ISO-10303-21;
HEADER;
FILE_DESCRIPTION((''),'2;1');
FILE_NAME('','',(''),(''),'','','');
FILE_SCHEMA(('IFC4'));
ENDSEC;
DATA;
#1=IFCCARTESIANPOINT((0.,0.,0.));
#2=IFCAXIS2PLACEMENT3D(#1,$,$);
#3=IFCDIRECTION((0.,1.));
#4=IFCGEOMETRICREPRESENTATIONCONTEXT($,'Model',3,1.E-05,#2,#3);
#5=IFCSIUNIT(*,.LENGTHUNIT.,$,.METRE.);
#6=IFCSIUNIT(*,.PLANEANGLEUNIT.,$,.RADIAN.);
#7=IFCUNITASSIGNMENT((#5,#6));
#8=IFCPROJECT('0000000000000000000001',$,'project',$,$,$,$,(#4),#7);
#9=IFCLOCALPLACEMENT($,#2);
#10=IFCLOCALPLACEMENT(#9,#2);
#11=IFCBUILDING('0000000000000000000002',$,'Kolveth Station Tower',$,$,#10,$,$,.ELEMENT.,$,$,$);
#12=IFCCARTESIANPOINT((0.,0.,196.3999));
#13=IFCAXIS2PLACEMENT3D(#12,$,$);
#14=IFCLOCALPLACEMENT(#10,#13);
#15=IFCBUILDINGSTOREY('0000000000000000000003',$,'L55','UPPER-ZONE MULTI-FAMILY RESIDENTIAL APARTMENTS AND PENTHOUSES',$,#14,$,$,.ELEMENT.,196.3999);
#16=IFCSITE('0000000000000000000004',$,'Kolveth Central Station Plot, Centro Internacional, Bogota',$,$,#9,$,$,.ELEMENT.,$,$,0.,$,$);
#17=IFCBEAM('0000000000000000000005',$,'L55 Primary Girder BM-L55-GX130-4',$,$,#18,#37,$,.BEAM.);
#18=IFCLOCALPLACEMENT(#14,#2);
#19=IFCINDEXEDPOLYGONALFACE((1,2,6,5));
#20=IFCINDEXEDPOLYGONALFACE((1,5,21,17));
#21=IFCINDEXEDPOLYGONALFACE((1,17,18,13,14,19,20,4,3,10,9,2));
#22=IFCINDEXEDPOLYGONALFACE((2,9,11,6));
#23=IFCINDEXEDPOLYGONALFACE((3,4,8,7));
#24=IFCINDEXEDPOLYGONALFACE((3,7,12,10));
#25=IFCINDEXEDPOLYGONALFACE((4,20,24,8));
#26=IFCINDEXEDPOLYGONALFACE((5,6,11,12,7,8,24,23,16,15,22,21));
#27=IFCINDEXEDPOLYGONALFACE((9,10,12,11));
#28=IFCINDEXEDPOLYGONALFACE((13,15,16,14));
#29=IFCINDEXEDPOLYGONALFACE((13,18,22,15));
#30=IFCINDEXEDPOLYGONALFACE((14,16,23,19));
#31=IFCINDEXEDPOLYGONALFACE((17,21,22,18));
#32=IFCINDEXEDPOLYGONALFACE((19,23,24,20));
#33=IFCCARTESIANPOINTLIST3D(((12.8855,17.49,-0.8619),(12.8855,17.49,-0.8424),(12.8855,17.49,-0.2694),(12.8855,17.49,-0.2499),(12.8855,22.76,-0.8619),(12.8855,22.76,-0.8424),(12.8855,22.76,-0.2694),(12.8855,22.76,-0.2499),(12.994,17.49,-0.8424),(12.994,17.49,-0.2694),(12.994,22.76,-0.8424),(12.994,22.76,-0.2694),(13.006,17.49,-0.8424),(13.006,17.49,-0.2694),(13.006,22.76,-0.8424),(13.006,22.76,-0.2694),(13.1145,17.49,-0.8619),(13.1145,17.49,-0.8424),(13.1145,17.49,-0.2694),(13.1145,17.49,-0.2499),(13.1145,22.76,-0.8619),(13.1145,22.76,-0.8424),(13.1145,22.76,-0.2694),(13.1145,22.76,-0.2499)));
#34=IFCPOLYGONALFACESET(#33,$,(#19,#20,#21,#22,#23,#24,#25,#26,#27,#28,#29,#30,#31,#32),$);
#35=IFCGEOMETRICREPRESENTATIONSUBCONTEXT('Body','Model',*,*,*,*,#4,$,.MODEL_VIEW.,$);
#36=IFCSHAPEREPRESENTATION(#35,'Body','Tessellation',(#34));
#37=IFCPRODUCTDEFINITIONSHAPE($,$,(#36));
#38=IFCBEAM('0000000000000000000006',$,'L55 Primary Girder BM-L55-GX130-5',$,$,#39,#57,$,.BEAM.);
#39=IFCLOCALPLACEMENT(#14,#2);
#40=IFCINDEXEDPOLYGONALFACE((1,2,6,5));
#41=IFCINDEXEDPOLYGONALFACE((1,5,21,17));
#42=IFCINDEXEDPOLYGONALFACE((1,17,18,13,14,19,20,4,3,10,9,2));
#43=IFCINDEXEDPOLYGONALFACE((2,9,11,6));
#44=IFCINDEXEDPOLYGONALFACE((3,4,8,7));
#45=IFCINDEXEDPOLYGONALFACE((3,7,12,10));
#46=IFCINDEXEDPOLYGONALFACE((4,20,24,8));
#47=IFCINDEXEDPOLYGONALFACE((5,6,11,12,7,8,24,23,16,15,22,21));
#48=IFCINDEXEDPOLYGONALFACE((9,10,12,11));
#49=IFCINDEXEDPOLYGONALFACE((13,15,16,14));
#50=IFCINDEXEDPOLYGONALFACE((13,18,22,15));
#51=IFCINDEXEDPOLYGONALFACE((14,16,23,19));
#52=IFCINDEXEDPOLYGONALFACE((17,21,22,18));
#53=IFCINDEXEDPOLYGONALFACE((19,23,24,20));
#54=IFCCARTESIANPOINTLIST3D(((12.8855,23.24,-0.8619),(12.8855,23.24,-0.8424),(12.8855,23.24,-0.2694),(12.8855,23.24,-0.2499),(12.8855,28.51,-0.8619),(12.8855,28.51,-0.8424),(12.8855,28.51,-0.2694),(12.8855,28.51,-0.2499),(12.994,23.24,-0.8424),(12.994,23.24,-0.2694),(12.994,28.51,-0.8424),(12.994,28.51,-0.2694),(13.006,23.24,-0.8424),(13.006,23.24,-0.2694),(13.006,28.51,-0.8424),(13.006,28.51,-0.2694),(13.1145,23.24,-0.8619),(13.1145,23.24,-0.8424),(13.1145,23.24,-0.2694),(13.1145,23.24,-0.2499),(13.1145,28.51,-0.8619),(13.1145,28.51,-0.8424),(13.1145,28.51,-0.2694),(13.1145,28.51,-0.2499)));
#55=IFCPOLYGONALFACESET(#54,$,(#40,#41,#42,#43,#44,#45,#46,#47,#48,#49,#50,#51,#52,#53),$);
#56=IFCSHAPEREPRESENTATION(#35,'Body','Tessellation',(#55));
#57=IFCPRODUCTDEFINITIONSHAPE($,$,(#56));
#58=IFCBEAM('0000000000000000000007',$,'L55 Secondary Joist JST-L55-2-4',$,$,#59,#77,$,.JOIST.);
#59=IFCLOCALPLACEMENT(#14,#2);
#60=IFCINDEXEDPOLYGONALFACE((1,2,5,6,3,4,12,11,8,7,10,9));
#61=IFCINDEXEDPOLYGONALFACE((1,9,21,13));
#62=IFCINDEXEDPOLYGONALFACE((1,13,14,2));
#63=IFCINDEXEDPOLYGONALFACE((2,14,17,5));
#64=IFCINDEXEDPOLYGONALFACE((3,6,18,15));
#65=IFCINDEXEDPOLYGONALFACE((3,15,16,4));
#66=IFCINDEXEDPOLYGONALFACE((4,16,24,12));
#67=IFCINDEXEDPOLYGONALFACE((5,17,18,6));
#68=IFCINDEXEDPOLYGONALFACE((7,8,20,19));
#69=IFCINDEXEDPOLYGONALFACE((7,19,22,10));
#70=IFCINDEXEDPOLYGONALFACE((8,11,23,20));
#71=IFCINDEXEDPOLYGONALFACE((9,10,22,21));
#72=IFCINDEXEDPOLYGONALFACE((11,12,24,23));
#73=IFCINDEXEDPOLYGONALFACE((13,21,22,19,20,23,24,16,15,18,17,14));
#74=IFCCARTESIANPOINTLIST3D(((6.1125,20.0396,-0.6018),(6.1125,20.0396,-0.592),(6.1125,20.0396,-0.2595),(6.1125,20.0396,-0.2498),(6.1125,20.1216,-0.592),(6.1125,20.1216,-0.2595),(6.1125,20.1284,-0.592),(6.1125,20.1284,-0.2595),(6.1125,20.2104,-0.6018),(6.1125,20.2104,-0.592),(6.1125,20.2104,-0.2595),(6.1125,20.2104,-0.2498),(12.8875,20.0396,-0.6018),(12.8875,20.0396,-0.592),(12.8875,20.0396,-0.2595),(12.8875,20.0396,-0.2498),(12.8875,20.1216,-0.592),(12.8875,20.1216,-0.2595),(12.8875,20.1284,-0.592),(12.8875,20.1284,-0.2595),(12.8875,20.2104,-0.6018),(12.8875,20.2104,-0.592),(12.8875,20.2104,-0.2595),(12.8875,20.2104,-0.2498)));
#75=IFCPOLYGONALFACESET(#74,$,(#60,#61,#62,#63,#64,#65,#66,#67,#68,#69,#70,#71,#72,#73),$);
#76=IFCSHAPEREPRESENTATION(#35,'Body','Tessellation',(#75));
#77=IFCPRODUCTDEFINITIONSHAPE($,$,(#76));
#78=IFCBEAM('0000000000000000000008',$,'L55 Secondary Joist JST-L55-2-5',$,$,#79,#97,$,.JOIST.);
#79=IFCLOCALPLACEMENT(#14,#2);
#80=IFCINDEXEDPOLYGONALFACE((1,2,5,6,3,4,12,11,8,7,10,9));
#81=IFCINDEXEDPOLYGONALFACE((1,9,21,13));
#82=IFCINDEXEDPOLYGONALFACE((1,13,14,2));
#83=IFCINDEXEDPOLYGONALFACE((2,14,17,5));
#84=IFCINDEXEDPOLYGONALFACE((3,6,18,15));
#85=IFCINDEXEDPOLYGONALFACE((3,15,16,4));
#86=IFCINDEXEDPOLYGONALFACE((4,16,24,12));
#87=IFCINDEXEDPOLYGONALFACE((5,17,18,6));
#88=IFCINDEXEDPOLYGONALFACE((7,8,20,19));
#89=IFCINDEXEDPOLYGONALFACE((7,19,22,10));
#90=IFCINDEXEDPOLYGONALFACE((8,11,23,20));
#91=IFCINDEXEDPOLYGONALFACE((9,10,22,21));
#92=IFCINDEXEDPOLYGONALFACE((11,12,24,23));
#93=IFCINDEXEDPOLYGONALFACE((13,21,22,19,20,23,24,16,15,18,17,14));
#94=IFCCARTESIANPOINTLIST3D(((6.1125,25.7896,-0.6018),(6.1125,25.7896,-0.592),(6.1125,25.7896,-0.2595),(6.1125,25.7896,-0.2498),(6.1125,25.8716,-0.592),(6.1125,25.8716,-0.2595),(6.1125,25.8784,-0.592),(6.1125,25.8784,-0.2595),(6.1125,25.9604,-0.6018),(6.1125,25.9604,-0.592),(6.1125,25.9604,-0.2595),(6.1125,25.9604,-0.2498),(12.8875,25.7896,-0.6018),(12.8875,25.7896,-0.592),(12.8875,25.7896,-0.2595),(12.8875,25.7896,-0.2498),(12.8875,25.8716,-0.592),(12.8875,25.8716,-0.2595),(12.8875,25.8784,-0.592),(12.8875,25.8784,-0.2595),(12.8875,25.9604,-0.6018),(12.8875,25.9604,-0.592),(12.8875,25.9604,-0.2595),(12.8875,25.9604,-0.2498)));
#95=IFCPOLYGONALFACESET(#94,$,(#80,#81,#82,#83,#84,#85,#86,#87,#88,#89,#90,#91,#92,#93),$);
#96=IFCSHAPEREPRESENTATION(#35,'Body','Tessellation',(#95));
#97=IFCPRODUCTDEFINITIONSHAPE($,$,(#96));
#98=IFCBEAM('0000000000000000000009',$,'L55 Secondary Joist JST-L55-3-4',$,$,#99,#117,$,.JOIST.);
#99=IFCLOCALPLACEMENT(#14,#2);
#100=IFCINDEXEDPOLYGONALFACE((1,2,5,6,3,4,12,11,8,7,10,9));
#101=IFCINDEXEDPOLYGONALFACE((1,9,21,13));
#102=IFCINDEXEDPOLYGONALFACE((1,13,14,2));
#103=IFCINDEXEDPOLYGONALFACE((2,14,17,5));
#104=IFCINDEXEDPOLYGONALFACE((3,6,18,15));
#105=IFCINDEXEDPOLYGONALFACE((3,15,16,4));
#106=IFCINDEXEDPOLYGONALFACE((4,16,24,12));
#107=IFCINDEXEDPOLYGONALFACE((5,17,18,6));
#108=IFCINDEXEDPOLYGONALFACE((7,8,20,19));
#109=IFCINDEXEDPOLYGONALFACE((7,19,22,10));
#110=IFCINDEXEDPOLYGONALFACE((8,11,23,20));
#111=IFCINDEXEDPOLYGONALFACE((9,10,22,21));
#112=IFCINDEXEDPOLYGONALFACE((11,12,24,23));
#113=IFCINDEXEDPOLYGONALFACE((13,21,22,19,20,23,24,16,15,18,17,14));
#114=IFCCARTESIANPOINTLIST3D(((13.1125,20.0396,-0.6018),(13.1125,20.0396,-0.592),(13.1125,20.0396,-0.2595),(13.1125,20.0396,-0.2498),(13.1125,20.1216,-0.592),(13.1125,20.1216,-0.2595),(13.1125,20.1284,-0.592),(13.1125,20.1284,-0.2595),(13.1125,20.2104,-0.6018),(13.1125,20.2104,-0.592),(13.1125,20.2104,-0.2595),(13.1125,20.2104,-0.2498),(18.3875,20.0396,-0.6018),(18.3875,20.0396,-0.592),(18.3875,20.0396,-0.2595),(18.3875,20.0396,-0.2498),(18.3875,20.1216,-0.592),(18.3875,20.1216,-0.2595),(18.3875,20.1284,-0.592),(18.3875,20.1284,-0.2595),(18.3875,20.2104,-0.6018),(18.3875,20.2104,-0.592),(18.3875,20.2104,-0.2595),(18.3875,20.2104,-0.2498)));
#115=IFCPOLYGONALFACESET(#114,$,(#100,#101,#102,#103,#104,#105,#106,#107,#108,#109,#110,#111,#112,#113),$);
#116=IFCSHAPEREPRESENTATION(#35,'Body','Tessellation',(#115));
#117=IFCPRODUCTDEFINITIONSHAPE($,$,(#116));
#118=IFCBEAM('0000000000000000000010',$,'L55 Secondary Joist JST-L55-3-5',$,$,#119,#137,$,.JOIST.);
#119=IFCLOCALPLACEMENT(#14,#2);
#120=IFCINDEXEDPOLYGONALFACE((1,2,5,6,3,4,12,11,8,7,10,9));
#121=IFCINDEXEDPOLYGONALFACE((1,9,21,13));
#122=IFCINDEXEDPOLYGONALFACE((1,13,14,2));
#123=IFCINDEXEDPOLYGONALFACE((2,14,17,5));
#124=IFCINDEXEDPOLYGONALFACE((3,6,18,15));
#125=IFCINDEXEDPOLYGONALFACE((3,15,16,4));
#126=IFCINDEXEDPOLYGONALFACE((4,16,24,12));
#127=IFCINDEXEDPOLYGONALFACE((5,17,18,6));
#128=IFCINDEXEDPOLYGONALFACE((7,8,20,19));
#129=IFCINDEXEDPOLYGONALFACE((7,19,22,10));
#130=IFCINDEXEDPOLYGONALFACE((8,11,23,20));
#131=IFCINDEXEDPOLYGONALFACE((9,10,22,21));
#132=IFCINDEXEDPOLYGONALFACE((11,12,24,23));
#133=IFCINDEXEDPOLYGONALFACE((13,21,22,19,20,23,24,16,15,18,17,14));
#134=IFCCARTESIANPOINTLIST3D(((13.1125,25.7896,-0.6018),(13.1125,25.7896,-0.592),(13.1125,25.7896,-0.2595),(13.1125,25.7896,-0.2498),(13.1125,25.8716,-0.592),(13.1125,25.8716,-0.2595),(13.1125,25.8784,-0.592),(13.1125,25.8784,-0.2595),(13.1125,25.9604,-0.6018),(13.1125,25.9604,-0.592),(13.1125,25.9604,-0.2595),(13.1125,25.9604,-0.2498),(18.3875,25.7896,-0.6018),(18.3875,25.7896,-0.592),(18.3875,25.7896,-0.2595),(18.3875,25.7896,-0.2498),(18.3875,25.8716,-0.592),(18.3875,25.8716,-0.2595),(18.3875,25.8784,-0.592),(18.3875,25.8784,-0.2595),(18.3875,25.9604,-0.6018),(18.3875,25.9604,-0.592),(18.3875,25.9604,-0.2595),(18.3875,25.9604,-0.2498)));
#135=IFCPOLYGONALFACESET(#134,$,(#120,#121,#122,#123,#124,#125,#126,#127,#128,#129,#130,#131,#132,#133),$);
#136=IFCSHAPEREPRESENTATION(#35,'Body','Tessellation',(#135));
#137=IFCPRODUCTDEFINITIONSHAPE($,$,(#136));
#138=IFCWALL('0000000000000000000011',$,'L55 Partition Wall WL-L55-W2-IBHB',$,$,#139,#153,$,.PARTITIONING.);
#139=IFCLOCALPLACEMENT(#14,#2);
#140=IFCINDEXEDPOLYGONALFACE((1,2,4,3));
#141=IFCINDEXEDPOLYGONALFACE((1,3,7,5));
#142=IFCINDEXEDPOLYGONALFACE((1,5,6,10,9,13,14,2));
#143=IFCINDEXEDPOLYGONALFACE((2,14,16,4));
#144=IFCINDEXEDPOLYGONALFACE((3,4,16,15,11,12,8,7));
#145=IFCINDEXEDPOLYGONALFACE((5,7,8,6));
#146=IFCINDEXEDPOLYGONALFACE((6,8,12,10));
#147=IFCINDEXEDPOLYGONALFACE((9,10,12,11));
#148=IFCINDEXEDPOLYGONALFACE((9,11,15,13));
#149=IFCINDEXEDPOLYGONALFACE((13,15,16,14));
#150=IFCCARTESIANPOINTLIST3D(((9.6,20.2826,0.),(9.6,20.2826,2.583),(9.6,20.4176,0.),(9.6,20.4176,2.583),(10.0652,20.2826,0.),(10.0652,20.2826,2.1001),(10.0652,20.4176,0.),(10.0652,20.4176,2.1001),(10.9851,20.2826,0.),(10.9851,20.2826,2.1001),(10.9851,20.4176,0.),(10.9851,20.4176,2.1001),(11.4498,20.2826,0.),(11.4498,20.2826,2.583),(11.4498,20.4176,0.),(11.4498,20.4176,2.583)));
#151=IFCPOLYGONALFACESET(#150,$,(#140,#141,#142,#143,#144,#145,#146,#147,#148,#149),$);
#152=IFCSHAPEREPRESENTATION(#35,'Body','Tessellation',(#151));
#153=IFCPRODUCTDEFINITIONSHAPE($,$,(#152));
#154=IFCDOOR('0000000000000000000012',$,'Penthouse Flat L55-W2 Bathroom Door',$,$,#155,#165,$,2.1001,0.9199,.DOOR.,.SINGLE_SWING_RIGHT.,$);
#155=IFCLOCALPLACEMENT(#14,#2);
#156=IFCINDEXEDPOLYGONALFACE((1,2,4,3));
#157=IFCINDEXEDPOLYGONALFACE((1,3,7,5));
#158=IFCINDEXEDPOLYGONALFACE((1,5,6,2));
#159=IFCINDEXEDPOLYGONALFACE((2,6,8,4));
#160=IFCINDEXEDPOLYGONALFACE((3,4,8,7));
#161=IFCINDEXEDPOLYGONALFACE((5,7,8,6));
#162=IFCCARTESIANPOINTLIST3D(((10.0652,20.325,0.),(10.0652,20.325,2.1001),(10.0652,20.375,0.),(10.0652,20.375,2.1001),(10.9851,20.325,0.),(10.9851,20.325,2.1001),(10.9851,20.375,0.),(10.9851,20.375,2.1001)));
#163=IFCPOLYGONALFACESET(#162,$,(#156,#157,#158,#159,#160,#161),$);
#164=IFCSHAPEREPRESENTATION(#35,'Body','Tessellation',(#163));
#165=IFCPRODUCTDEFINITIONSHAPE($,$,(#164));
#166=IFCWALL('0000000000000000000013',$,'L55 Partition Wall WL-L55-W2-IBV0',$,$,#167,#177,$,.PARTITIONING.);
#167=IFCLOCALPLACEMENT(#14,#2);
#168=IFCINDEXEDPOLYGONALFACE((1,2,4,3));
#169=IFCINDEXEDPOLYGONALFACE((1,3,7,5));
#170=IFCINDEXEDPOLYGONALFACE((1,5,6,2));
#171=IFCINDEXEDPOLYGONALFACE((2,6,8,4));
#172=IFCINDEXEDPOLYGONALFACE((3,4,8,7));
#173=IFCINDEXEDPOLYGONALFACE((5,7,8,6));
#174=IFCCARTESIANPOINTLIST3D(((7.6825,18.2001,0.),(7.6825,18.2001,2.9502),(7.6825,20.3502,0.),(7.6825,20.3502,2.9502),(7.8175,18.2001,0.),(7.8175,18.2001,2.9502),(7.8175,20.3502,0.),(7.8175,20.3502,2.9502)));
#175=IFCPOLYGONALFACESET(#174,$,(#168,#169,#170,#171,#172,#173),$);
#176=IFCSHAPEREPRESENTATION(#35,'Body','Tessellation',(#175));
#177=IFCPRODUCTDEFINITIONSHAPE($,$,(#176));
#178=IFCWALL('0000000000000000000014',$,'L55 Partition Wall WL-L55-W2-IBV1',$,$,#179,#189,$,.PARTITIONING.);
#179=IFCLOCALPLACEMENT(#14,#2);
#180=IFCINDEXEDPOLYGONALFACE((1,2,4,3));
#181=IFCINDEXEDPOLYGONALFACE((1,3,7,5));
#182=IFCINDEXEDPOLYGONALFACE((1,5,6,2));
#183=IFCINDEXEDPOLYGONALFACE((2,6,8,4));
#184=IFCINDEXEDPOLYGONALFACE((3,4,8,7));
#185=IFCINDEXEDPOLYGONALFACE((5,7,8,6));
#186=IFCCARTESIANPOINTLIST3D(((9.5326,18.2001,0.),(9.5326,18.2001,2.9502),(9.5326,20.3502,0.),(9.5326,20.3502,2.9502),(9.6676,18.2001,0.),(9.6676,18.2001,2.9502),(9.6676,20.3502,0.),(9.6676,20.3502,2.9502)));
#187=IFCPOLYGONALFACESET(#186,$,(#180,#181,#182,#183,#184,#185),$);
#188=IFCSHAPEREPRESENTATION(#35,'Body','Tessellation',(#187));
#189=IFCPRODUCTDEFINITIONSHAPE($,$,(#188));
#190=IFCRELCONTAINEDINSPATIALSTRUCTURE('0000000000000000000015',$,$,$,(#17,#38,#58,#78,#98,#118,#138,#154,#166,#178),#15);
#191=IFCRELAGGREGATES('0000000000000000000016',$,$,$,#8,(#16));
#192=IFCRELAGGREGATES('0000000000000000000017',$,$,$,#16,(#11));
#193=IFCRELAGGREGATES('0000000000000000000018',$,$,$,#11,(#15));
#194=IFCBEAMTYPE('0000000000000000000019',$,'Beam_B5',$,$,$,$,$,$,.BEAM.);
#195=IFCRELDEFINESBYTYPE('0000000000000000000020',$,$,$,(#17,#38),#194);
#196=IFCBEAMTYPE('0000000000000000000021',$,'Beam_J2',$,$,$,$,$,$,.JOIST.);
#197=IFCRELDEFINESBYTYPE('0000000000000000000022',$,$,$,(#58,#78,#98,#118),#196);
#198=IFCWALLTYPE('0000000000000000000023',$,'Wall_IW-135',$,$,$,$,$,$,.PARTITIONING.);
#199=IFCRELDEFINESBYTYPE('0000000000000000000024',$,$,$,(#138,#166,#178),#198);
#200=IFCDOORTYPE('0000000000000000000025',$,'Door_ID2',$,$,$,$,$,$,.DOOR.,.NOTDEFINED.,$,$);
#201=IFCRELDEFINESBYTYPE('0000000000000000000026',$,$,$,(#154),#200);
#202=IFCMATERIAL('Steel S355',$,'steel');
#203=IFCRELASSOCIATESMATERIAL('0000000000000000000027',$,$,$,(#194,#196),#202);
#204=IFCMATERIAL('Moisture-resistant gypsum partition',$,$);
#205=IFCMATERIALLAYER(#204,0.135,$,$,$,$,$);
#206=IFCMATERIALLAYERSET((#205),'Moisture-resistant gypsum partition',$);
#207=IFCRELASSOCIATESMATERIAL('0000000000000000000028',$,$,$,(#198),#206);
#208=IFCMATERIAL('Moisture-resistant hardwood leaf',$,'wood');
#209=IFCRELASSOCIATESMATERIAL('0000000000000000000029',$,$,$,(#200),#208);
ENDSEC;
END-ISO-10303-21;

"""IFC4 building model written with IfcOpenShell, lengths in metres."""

from ifc_helpers import new_model, si_unit, direction, frame, frame_2d, origin, origin_2d, place, context, subcontext, project, spatial, rectangle, i_section, extrude, source, transform, mapped, material, layer, layer_set, material_profile, profile_set, type_object, element, fill, save


model = new_model("IFC4")

# Units and contexts
model_context = context("Model", 3, precision=1e-05, world=origin(), true_north=direction((0.0, 1.0)))
body_context = subcontext(model_context, "Body", "Model", "MODEL_VIEW")
ifc_project = project(units=[si_unit("LENGTHUNIT", "METRE"), si_unit("PLANEANGLEUNIT", "RADIAN")], contexts=[model_context])

# Site, building, storey
site_placement = place(None, origin())
site = spatial("IfcSite", under=ifc_project, at=site_placement, Name="Kolveth Central Station Plot, Centro Internacional, Bogota", CompositionType="ELEMENT", RefElevation=0.0)
building_placement = place(site_placement, origin())
building = spatial("IfcBuilding", under=site, at=building_placement, Name="Kolveth Station Tower", CompositionType="ELEMENT")
storey_placement = place(building_placement, frame((0.0, 0.0, 196.3999)))
storey = spatial("IfcBuildingStorey", under=building, at=storey_placement, Name="L55", Description="UPPER-ZONE MULTI-FAMILY RESIDENTIAL APARTMENTS AND PENTHOUSES", CompositionType="ELEMENT", Elevation=196.3999)

# Shared definitions
ifc_material_1 = material(Name="Steel S355", Category="steel")

# Beams
ifc_material_profile_1 = material_profile(ifc_material_1, i_section(OverallWidth=0.229, OverallDepth=0.6121, WebThickness=0.012, FlangeThickness=0.0195, at=origin_2d()), Name="W610x125")
ifc_profile_set_1 = profile_set([ifc_material_profile_1], Name="Steel S355")
beam_type_1 = type_object("IfcBeamType", Name="Beam_B5", PredefinedType="BEAM", material=ifc_profile_set_1)
shared_shape_1 = source(origin(), body_context, "Body", "SweptSolid", [
    extrude(i_section(OverallWidth=0.229, OverallDepth=0.6121, WebThickness=0.012, FlangeThickness=0.0195, at=origin_2d()), origin(), (0.0, 0.0, 1.0), 5.27),
])
for number, where, z_axis, x_axis, name in (
    (1, (13.0, 17.49, -0.5559), (0.0, 1.0, 0.0), (-1.0, 0.0, 0.0), "L55 Primary Girder BM-L55-GX130-4"),
    (2, (13.0, 23.24, -0.5559), (0.0, 1.0, 0.0), (-1.0, 0.0, 0.0), "L55 Primary Girder BM-L55-GX130-5"),
):
    element("IfcBeam", number, at=place(storey_placement, frame(where, z_axis=z_axis, x_axis=x_axis)), inside=storey, type_object=beam_type_1, Name=name, PredefinedType="BEAM", context=body_context, shape_type="MappedRepresentation", body=[
        mapped(shared_shape_1, transform((0.0, 0.0, 0.0), x_axis=(1.0, 0.0, 0.0), y_axis=(0.0, 1.0, 0.0), z_axis=(0.0, 0.0, 1.0), scale=1.0)),
    ])
ifc_material_profile_2 = material_profile(ifc_material_1, i_section(OverallWidth=0.1709, OverallDepth=0.3521, WebThickness=0.0068, FlangeThickness=0.0098, at=origin_2d()), Name="W360x44")
ifc_profile_set_2 = profile_set([ifc_material_profile_2], Name="Steel S355")
beam_type_2 = type_object("IfcBeamType", Name="Beam_J2", PredefinedType="JOIST", material=ifc_profile_set_2)
shared_shape_2 = source(origin(), body_context, "Body", "SweptSolid", [
    extrude(i_section(OverallWidth=0.1709, OverallDepth=0.3521, WebThickness=0.0068, FlangeThickness=0.0098, at=origin_2d()), origin(), (0.0, 0.0, 1.0), 6.7749),
])
for number, where, z_axis, x_axis, name in (
    (3, (6.1125, 20.125, -0.4258), (1.0, 0.0, 0.0), (0.0, 1.0, 0.0), "L55 Secondary Joist JST-L55-2-4"),
    (4, (6.1125, 25.875, -0.4258), (1.0, 0.0, 0.0), (0.0, 1.0, 0.0), "L55 Secondary Joist JST-L55-2-5"),
):
    element("IfcBeam", number, at=place(storey_placement, frame(where, z_axis=z_axis, x_axis=x_axis)), inside=storey, type_object=beam_type_2, Name=name, PredefinedType="JOIST", context=body_context, shape_type="MappedRepresentation", body=[
        mapped(shared_shape_2, transform((0.0, 0.0, 0.0), x_axis=(1.0, 0.0, 0.0), y_axis=(0.0, 1.0, 0.0), z_axis=(0.0, 0.0, 1.0), scale=1.0)),
    ])
shared_shape_3 = source(origin(), body_context, "Body", "SweptSolid", [
    extrude(i_section(OverallWidth=0.1709, OverallDepth=0.3521, WebThickness=0.0068, FlangeThickness=0.0098, at=origin_2d()), origin(), (0.0, 0.0, 1.0), 5.2749),
])
for number, where, z_axis, x_axis, name in (
    (5, (13.1125, 20.125, -0.4258), (1.0, 0.0, 0.0), (0.0, 1.0, 0.0), "L55 Secondary Joist JST-L55-3-4"),
    (6, (13.1125, 25.875, -0.4258), (1.0, 0.0, 0.0), (0.0, 1.0, 0.0), "L55 Secondary Joist JST-L55-3-5"),
):
    element("IfcBeam", number, at=place(storey_placement, frame(where, z_axis=z_axis, x_axis=x_axis)), inside=storey, type_object=beam_type_2, Name=name, PredefinedType="JOIST", context=body_context, shape_type="MappedRepresentation", body=[
        mapped(shared_shape_3, transform((0.0, 0.0, 0.0), x_axis=(1.0, 0.0, 0.0), y_axis=(0.0, 1.0, 0.0), z_axis=(0.0, 0.0, 1.0), scale=1.0)),
    ])

# Wall, opening, door
ifc_material_2 = material(Name="Moisture-resistant gypsum partition")
ifc_layer_1 = layer(ifc_material_2, 0.135)
ifc_layer_set_1 = layer_set([ifc_layer_1], Name="Moisture-resistant gypsum partition")
wall_type_1 = type_object("IfcWallType", Name="Wall_IW-135", PredefinedType="PARTITIONING", material=ifc_layer_set_1)
wall_1_placement = place(storey_placement, frame((9.6001, 20.3501, 0.0), z_axis=(0.0, 0.0, 1.0), x_axis=(1.0, 0.0, 0.0)))
wall_1 = element("IfcWall", 7, at=wall_1_placement, inside=storey, type_object=wall_type_1, Name="L55 Partition Wall WL-L55-W2-IBHB", PredefinedType="PARTITIONING", context=body_context, shape_type="SweptSolid", body=[
    extrude(rectangle(XDim=1.8499, YDim=0.135, at=frame_2d((0.9248, 0.0))), origin(), (0.0, 0.0, 1.0), 2.583),
])
opening_1_placement = place(wall_1_placement, frame((0.4651, 0.0, 0.0)))
opening_1 = element("IfcOpeningElement", 8, at=opening_1_placement, cuts=wall_1, PredefinedType="OPENING", context=body_context, shape_type="SweptSolid", body=[
    extrude(rectangle(XDim=0.9199, YDim=2.1001, at=frame_2d((0.46, 1.05))), frame((0.0, 0.0774, 0.0), z_axis=(0.0, -1.0, 0.0), x_axis=(1.0, 0.0, 0.0)), (0.0, 0.0, 1.0), 0.155),
])
ifc_material_3 = material(Name="Moisture-resistant hardwood leaf", Category="wood")
door_type_1 = type_object("IfcDoorType", Name="Door_ID2", OperationType="NOTDEFINED", PredefinedType="DOOR", material=ifc_material_3)
door_1_placement = place(opening_1_placement, origin())
door_1 = element("IfcDoor", 9, at=door_1_placement, inside=storey, type_object=door_type_1, Name="Penthouse Flat L55-W2 Bathroom Door", OperationType="SINGLE_SWING_RIGHT", OverallHeight=2.1001, OverallWidth=0.9199, PredefinedType="DOOR", context=body_context, shape_type="SweptSolid", body=[
    extrude(rectangle(XDim=0.9199, YDim=2.1001, at=frame_2d((0.46, 1.05))), frame((0.0, 0.0249, 0.0), z_axis=(0.0, -1.0, 0.0), x_axis=(1.0, 0.0, 0.0)), (0.0, 0.0, 1.0), 0.05),
])
fill(opening_1, door_1)

# Walls
for number, where, z_axis, x_axis, name in (
    (10, (7.75, 18.2, 0.0), (0.0, 0.0, 1.0), (0.0, 1.0, 0.0), "L55 Partition Wall WL-L55-W2-IBV0"),
    (11, (9.6001, 18.2, 0.0), (0.0, 0.0, 1.0), (0.0, 1.0, 0.0), "L55 Partition Wall WL-L55-W2-IBV1"),
):
    element("IfcWall", number, at=place(storey_placement, frame(where, z_axis=z_axis, x_axis=x_axis)), inside=storey, type_object=wall_type_1, Name=name, PredefinedType="PARTITIONING", context=body_context, shape_type="SweptSolid", body=[
        extrude(rectangle(XDim=2.1501, YDim=0.135, at=frame_2d((1.0752, 0.0))), origin(), (0.0, 0.0, 1.0), 2.9502),
    ])

save(model, "model.ifc")
